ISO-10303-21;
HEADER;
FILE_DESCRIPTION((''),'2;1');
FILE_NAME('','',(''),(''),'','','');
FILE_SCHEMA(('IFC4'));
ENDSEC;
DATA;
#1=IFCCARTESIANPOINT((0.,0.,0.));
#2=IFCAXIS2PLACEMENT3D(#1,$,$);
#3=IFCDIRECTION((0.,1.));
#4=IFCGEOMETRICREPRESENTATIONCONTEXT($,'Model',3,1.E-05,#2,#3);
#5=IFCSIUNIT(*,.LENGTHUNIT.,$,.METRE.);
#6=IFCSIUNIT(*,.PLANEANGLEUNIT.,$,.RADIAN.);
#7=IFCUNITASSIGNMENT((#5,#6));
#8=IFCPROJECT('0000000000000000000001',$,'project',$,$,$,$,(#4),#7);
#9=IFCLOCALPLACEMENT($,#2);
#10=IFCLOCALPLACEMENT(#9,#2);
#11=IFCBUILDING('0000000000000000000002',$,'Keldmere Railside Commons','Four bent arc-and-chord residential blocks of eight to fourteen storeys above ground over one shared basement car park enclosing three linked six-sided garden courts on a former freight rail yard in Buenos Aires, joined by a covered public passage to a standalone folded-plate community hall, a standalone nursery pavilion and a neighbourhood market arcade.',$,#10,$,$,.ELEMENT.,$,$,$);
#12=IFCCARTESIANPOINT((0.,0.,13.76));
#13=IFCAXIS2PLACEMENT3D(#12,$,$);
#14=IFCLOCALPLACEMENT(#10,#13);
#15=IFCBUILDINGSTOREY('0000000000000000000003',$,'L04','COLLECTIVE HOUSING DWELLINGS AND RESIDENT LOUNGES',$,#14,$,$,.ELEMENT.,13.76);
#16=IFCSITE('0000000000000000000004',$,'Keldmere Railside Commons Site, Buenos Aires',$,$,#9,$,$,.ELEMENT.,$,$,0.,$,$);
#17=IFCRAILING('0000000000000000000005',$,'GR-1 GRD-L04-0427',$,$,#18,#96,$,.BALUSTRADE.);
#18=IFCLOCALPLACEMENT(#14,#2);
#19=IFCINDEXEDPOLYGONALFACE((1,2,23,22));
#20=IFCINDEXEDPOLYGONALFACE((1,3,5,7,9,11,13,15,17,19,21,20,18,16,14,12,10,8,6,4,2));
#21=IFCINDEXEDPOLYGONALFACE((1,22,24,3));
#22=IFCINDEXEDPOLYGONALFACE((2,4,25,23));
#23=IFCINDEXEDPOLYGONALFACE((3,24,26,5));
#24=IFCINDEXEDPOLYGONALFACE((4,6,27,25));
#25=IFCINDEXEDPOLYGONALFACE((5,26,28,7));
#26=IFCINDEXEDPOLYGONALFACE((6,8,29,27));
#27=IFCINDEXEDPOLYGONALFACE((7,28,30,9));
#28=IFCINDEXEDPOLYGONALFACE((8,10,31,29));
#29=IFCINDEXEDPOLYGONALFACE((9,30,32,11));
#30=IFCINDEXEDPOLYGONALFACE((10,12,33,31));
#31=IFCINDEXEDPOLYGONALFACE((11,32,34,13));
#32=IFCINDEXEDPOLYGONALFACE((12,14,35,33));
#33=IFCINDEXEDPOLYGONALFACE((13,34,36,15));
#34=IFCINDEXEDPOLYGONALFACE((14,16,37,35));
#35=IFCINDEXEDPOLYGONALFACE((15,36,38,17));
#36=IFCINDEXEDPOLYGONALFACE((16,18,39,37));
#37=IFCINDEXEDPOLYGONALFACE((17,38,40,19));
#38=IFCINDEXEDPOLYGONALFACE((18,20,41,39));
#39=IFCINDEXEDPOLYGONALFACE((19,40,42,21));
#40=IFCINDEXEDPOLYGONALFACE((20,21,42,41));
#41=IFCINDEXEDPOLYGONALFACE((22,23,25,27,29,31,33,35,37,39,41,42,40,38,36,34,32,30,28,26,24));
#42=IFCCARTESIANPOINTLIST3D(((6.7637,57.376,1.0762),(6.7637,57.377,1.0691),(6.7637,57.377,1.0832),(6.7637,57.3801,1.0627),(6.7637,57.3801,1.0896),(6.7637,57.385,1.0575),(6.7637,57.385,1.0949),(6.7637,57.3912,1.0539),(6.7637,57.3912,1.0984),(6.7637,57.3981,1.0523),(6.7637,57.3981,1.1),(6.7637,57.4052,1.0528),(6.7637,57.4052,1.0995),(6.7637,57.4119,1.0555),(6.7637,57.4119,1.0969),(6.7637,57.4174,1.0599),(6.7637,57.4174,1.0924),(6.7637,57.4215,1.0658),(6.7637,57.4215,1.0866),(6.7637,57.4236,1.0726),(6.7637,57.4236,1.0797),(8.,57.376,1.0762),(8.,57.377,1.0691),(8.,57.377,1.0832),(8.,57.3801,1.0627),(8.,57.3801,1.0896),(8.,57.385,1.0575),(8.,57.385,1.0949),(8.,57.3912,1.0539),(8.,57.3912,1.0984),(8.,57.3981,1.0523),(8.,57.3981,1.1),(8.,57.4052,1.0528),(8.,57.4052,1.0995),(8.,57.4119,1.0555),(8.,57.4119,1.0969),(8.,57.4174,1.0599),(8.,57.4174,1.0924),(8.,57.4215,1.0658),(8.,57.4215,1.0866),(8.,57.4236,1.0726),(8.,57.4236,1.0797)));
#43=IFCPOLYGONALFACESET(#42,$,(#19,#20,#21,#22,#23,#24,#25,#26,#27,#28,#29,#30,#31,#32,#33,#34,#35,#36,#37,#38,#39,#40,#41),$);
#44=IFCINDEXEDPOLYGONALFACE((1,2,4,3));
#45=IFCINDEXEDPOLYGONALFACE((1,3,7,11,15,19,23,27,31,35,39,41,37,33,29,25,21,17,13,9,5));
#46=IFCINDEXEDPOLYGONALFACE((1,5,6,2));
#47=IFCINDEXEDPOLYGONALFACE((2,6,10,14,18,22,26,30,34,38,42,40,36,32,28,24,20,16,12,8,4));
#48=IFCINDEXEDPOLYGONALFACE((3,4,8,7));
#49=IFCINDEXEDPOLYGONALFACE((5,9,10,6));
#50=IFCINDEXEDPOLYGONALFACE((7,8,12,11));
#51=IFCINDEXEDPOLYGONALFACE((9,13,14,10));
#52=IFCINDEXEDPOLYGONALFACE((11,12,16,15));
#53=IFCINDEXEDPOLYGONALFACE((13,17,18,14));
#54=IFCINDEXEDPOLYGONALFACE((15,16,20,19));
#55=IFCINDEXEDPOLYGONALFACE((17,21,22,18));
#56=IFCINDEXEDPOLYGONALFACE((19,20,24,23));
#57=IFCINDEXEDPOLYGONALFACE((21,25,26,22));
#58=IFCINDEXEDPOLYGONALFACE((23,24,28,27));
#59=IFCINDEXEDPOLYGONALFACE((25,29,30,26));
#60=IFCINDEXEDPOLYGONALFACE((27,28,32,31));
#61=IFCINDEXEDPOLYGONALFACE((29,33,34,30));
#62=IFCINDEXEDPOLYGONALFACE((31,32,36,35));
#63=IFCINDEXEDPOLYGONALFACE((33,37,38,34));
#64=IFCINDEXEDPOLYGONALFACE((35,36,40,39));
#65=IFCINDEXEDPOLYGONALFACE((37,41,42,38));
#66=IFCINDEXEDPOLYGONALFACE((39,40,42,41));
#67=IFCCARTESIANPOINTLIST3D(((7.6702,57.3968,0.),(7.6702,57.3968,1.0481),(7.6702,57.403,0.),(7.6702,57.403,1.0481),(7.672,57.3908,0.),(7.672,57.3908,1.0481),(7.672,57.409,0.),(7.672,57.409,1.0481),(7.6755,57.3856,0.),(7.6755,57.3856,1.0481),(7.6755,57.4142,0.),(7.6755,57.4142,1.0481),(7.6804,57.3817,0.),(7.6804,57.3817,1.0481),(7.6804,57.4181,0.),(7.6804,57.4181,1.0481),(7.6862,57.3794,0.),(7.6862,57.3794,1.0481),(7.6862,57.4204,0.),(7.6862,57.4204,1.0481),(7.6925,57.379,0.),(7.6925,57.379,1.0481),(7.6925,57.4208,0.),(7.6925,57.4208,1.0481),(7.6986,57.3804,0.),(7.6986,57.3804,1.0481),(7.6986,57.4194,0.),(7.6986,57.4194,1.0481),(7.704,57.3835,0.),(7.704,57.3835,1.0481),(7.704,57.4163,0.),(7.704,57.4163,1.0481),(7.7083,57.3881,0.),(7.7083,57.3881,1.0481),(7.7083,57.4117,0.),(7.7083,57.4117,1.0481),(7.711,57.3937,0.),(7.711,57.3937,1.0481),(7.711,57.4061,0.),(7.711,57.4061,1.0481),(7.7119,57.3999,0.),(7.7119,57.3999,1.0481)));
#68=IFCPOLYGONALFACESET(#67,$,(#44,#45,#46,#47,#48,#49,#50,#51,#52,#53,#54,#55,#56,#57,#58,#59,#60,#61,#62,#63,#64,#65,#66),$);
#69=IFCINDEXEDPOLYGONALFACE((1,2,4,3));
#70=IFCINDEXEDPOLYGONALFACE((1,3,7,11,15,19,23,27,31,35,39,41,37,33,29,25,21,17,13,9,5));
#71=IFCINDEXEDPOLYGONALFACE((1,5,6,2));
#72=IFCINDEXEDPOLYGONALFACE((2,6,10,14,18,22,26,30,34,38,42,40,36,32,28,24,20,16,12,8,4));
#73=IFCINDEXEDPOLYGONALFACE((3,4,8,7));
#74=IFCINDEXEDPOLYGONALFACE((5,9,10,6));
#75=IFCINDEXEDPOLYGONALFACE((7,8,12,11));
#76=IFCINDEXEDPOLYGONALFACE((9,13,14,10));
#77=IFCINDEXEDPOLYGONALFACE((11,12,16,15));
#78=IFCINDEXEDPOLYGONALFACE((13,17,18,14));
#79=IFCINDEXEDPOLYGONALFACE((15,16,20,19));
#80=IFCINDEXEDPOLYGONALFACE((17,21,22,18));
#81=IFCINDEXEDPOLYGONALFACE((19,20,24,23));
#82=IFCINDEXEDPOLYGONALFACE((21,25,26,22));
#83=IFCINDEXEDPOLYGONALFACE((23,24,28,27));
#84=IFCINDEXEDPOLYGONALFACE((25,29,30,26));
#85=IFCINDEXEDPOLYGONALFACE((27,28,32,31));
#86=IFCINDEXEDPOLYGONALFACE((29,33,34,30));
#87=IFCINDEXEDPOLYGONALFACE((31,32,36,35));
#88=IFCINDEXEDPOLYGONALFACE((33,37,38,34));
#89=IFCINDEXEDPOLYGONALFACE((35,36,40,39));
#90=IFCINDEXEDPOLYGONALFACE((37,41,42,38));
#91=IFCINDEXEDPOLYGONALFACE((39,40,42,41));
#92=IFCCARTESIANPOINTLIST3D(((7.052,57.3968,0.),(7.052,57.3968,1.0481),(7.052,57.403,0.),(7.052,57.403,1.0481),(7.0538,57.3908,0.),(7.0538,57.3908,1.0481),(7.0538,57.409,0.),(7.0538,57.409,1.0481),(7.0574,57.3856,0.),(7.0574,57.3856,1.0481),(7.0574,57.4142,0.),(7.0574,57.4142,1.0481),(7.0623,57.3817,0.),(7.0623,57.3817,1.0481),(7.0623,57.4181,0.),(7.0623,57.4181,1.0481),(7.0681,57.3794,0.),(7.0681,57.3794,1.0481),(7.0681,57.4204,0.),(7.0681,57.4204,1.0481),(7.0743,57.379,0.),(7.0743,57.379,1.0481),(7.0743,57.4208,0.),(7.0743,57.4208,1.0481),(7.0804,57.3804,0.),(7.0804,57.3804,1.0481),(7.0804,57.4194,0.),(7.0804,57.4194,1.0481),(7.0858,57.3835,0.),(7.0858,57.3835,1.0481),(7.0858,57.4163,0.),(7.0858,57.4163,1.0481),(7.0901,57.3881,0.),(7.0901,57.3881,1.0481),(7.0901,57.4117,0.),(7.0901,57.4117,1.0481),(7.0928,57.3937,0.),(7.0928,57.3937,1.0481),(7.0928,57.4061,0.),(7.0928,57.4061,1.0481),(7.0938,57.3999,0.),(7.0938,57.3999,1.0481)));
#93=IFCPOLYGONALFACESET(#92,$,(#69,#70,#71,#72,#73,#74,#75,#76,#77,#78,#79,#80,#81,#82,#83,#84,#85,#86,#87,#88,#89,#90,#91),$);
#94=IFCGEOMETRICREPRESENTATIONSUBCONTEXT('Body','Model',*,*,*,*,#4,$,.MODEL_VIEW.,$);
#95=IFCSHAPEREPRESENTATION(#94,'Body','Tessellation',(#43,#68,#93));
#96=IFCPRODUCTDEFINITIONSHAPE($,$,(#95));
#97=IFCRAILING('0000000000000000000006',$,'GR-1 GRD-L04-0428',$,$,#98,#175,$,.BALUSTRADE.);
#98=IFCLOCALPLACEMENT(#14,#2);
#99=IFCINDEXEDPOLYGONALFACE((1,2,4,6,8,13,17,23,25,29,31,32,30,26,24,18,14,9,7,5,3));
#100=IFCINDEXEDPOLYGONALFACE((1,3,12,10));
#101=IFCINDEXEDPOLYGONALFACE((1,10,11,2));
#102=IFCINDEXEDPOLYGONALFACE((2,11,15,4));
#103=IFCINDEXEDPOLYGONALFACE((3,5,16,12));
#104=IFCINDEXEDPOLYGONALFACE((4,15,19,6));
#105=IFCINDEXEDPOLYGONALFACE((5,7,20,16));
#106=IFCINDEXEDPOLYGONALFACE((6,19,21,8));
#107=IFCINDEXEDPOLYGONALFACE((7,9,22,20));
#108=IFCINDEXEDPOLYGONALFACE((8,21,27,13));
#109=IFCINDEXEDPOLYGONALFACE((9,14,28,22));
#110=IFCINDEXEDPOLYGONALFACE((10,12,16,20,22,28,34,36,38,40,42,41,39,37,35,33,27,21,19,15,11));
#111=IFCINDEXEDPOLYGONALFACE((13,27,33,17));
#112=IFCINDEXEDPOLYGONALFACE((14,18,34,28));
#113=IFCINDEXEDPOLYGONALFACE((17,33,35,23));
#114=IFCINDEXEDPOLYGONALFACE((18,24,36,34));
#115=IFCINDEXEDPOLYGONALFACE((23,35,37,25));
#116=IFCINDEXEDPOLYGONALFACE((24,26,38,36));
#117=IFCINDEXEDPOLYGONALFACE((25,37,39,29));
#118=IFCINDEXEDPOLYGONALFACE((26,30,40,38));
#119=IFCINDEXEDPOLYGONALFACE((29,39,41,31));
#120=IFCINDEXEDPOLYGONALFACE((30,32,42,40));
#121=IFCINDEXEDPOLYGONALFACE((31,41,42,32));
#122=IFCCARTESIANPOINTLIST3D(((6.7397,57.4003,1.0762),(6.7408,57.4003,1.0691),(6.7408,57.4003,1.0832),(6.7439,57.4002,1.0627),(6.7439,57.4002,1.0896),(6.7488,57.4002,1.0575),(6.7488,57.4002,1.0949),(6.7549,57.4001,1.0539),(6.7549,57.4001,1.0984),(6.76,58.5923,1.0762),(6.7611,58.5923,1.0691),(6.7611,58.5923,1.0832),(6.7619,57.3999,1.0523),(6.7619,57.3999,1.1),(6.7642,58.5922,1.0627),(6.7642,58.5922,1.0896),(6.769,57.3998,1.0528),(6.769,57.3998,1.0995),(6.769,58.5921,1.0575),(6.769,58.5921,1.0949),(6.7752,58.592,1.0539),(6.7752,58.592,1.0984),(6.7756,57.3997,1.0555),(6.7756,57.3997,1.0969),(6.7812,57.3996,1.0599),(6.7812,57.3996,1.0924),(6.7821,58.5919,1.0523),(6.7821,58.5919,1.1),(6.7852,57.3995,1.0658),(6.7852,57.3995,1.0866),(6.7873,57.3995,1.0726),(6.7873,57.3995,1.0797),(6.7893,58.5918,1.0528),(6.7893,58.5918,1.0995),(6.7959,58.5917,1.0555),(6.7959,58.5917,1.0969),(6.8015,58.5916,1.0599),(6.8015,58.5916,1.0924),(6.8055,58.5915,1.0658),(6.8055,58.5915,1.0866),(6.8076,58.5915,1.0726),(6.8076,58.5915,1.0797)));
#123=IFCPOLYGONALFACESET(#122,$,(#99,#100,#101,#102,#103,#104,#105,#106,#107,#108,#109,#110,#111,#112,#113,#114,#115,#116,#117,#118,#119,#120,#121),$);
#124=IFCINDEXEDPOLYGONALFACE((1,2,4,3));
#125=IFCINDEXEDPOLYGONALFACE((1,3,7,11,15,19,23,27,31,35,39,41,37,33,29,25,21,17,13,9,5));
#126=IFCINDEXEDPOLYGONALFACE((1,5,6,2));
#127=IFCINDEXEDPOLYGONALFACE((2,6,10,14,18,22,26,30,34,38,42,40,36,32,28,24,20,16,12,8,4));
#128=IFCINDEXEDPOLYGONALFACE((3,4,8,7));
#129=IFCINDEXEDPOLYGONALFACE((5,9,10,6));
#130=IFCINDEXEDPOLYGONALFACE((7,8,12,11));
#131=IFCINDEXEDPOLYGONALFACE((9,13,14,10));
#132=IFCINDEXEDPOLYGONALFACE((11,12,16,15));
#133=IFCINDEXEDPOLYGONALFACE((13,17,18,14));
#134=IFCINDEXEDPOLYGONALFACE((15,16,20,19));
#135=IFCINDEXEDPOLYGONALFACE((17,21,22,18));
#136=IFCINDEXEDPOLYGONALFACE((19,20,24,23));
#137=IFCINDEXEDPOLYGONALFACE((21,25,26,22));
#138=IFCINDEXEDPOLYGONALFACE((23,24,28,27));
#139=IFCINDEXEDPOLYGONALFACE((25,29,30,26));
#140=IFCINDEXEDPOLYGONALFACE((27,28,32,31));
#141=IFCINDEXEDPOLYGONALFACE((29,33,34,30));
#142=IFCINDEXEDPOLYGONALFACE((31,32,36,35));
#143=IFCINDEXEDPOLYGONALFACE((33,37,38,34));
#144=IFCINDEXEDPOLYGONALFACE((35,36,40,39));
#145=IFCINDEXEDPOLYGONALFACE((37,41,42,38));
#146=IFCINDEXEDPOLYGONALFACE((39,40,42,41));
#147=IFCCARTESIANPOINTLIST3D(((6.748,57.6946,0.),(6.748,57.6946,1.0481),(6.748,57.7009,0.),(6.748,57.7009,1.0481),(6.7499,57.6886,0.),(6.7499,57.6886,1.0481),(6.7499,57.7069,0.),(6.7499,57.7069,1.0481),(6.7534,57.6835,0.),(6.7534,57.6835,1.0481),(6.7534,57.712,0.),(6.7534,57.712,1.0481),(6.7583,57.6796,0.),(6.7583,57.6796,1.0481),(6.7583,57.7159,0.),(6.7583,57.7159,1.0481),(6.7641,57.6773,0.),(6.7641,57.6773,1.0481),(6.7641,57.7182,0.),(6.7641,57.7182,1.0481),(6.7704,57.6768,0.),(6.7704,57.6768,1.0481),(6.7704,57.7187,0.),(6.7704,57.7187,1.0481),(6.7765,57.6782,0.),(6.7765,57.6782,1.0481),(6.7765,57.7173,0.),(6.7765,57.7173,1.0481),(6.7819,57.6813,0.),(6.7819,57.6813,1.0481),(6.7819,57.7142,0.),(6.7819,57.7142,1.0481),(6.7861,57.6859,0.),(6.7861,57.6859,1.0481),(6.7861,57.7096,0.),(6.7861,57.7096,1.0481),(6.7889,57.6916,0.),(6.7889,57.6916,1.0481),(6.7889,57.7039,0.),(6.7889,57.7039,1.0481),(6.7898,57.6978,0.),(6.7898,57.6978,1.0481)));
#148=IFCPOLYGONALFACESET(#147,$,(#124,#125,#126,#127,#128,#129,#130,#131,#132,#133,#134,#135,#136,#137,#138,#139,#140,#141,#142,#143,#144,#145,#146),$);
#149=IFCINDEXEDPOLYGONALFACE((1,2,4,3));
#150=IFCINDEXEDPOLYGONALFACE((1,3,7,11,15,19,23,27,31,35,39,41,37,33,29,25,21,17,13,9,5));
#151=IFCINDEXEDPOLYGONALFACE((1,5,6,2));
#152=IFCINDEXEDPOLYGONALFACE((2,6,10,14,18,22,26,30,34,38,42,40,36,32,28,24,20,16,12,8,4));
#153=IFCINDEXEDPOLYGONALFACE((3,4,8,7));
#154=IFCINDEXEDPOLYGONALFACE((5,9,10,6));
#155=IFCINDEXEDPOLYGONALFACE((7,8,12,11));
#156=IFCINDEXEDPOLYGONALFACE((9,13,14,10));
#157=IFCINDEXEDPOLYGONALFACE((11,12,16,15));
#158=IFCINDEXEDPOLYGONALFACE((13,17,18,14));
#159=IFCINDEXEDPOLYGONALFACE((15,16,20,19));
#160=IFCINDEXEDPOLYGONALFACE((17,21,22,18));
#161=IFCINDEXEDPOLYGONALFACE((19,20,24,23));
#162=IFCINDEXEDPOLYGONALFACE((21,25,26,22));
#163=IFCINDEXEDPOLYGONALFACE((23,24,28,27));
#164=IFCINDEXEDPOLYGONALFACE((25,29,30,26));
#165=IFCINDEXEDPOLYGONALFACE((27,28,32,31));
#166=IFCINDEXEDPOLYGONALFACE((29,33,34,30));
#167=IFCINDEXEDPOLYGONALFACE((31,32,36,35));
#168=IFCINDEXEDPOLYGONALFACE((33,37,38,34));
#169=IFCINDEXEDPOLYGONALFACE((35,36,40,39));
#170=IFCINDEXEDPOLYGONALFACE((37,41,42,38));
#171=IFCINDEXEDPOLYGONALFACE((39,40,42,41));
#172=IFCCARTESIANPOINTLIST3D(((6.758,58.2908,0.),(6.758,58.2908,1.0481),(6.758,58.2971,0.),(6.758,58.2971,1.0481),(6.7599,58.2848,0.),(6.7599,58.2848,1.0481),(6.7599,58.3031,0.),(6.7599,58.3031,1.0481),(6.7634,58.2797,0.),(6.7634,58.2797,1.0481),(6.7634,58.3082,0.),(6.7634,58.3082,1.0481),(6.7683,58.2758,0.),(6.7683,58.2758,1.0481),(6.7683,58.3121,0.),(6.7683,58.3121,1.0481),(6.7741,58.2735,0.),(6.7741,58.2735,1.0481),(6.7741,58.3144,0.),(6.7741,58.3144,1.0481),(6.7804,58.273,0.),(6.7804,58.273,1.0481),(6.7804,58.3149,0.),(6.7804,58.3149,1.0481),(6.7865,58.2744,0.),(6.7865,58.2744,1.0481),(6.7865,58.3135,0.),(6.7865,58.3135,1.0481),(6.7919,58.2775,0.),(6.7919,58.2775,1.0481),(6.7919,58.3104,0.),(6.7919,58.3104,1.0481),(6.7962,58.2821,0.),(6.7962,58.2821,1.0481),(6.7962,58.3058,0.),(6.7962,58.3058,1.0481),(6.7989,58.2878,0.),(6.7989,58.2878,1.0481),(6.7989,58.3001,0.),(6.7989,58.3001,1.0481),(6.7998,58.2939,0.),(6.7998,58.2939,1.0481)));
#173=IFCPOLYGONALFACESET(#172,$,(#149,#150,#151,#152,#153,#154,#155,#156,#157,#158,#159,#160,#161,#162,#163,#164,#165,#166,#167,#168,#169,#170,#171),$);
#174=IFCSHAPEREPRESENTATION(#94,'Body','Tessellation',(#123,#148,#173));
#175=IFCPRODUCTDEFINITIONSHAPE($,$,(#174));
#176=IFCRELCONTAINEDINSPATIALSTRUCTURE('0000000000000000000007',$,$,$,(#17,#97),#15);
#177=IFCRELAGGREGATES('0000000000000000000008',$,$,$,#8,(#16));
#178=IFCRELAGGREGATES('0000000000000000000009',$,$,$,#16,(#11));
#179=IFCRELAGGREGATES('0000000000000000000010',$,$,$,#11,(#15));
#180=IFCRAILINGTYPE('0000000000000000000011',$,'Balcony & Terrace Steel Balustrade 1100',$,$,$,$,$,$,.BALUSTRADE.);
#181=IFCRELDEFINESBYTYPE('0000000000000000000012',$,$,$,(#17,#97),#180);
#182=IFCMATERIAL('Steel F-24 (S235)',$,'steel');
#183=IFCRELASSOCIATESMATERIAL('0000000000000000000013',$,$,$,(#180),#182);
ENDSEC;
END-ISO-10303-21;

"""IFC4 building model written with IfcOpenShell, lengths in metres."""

from ifc_helpers import new_model, si_unit, direction, frame, origin, origin_2d, place, context, subcontext, project, spatial, circle, extrude, material, type_object, element, save


model = new_model("IFC4")

# Units and contexts
model_context = context("Model", 3, precision=1e-05, world=origin(), true_north=direction((0.0, 1.0)))
body_context = subcontext(model_context, "Body", "Model", "MODEL_VIEW")
ifc_project = project(units=[si_unit("LENGTHUNIT", "METRE"), si_unit("PLANEANGLEUNIT", "RADIAN")], contexts=[model_context])

# Site, building, storey
site_placement = place(None, origin())
site = spatial("IfcSite", under=ifc_project, at=site_placement, Name="Keldmere Railside Commons Site, Buenos Aires", CompositionType="ELEMENT", RefElevation=0.0)
building_placement = place(site_placement, origin())
building = spatial("IfcBuilding", under=site, at=building_placement, Name="Keldmere Railside Commons", Description="Four bent arc-and-chord residential blocks of eight to fourteen storeys above ground over one shared basement car park enclosing three linked six-sided garden courts on a former freight rail yard in Buenos Aires, joined by a covered public passage to a standalone folded-plate community hall, a standalone nursery pavilion and a neighbourhood market arcade.", CompositionType="ELEMENT")
storey_placement = place(building_placement, frame((0.0, 0.0, 13.76)))
storey = spatial("IfcBuildingStorey", under=building, at=storey_placement, Name="L04", Description="COLLECTIVE HOUSING DWELLINGS AND RESIDENT LOUNGES", CompositionType="ELEMENT", Elevation=13.76)

# Railings
ifc_material_1 = material(Name="Steel F-24 (S235)", Category="steel")
railing_type_1 = type_object("IfcRailingType", Name="Balcony & Terrace Steel Balustrade 1100", PredefinedType="BALUSTRADE", material=ifc_material_1)
railing_1_placement = place(storey_placement, frame((8.0, 57.3999, 0.0)))
element("IfcRailing", 1, at=railing_1_placement, inside=storey, type_object=railing_type_1, Name="GR-1 GRD-L04-0427", PredefinedType="BALUSTRADE", context=body_context, shape_type="SweptSolid", body=[
    extrude(circle(Radius=0.0239, at=origin_2d()), frame((0.0, 0.0, 1.0762), z_axis=(-1.0, 0.0, 0.0), x_axis=(0.0, -1.0, 0.0)), (0.0, 0.0, 1.0), 1.2363),
    extrude(circle(Radius=0.021, at=origin_2d()), frame((-0.3091, 0.0, 0.0)), (0.0, 0.0, 1.0), 1.0481),
    extrude(circle(Radius=0.021, at=origin_2d()), frame((-0.9272, 0.0, 0.0)), (0.0, 0.0, 1.0), 1.0481),
])
railing_2_placement = place(storey_placement, frame((6.7637, 57.3999, 0.0)))
element("IfcRailing", 2, at=railing_2_placement, inside=storey, type_object=railing_type_1, Name="GR-1 GRD-L04-0428", PredefinedType="BALUSTRADE", context=body_context, shape_type="SweptSolid", body=[
    extrude(circle(Radius=0.0239, at=origin_2d()), frame((0.0, 0.0, 1.0762), z_axis=(0.016999, 0.999856, 0.0), x_axis=(-0.999856, 0.016999, 0.0)), (0.0, 0.0, 1.0), 1.1921),
    extrude(circle(Radius=0.021, at=origin_2d()), frame((0.0051, 0.2979, 0.0)), (0.0, 0.0, 1.0), 1.0481),
    extrude(circle(Radius=0.021, at=origin_2d()), frame((0.0151, 0.894, 0.0)), (0.0, 0.0, 1.0), 1.0481),
])

save(model, "model.ifc")
